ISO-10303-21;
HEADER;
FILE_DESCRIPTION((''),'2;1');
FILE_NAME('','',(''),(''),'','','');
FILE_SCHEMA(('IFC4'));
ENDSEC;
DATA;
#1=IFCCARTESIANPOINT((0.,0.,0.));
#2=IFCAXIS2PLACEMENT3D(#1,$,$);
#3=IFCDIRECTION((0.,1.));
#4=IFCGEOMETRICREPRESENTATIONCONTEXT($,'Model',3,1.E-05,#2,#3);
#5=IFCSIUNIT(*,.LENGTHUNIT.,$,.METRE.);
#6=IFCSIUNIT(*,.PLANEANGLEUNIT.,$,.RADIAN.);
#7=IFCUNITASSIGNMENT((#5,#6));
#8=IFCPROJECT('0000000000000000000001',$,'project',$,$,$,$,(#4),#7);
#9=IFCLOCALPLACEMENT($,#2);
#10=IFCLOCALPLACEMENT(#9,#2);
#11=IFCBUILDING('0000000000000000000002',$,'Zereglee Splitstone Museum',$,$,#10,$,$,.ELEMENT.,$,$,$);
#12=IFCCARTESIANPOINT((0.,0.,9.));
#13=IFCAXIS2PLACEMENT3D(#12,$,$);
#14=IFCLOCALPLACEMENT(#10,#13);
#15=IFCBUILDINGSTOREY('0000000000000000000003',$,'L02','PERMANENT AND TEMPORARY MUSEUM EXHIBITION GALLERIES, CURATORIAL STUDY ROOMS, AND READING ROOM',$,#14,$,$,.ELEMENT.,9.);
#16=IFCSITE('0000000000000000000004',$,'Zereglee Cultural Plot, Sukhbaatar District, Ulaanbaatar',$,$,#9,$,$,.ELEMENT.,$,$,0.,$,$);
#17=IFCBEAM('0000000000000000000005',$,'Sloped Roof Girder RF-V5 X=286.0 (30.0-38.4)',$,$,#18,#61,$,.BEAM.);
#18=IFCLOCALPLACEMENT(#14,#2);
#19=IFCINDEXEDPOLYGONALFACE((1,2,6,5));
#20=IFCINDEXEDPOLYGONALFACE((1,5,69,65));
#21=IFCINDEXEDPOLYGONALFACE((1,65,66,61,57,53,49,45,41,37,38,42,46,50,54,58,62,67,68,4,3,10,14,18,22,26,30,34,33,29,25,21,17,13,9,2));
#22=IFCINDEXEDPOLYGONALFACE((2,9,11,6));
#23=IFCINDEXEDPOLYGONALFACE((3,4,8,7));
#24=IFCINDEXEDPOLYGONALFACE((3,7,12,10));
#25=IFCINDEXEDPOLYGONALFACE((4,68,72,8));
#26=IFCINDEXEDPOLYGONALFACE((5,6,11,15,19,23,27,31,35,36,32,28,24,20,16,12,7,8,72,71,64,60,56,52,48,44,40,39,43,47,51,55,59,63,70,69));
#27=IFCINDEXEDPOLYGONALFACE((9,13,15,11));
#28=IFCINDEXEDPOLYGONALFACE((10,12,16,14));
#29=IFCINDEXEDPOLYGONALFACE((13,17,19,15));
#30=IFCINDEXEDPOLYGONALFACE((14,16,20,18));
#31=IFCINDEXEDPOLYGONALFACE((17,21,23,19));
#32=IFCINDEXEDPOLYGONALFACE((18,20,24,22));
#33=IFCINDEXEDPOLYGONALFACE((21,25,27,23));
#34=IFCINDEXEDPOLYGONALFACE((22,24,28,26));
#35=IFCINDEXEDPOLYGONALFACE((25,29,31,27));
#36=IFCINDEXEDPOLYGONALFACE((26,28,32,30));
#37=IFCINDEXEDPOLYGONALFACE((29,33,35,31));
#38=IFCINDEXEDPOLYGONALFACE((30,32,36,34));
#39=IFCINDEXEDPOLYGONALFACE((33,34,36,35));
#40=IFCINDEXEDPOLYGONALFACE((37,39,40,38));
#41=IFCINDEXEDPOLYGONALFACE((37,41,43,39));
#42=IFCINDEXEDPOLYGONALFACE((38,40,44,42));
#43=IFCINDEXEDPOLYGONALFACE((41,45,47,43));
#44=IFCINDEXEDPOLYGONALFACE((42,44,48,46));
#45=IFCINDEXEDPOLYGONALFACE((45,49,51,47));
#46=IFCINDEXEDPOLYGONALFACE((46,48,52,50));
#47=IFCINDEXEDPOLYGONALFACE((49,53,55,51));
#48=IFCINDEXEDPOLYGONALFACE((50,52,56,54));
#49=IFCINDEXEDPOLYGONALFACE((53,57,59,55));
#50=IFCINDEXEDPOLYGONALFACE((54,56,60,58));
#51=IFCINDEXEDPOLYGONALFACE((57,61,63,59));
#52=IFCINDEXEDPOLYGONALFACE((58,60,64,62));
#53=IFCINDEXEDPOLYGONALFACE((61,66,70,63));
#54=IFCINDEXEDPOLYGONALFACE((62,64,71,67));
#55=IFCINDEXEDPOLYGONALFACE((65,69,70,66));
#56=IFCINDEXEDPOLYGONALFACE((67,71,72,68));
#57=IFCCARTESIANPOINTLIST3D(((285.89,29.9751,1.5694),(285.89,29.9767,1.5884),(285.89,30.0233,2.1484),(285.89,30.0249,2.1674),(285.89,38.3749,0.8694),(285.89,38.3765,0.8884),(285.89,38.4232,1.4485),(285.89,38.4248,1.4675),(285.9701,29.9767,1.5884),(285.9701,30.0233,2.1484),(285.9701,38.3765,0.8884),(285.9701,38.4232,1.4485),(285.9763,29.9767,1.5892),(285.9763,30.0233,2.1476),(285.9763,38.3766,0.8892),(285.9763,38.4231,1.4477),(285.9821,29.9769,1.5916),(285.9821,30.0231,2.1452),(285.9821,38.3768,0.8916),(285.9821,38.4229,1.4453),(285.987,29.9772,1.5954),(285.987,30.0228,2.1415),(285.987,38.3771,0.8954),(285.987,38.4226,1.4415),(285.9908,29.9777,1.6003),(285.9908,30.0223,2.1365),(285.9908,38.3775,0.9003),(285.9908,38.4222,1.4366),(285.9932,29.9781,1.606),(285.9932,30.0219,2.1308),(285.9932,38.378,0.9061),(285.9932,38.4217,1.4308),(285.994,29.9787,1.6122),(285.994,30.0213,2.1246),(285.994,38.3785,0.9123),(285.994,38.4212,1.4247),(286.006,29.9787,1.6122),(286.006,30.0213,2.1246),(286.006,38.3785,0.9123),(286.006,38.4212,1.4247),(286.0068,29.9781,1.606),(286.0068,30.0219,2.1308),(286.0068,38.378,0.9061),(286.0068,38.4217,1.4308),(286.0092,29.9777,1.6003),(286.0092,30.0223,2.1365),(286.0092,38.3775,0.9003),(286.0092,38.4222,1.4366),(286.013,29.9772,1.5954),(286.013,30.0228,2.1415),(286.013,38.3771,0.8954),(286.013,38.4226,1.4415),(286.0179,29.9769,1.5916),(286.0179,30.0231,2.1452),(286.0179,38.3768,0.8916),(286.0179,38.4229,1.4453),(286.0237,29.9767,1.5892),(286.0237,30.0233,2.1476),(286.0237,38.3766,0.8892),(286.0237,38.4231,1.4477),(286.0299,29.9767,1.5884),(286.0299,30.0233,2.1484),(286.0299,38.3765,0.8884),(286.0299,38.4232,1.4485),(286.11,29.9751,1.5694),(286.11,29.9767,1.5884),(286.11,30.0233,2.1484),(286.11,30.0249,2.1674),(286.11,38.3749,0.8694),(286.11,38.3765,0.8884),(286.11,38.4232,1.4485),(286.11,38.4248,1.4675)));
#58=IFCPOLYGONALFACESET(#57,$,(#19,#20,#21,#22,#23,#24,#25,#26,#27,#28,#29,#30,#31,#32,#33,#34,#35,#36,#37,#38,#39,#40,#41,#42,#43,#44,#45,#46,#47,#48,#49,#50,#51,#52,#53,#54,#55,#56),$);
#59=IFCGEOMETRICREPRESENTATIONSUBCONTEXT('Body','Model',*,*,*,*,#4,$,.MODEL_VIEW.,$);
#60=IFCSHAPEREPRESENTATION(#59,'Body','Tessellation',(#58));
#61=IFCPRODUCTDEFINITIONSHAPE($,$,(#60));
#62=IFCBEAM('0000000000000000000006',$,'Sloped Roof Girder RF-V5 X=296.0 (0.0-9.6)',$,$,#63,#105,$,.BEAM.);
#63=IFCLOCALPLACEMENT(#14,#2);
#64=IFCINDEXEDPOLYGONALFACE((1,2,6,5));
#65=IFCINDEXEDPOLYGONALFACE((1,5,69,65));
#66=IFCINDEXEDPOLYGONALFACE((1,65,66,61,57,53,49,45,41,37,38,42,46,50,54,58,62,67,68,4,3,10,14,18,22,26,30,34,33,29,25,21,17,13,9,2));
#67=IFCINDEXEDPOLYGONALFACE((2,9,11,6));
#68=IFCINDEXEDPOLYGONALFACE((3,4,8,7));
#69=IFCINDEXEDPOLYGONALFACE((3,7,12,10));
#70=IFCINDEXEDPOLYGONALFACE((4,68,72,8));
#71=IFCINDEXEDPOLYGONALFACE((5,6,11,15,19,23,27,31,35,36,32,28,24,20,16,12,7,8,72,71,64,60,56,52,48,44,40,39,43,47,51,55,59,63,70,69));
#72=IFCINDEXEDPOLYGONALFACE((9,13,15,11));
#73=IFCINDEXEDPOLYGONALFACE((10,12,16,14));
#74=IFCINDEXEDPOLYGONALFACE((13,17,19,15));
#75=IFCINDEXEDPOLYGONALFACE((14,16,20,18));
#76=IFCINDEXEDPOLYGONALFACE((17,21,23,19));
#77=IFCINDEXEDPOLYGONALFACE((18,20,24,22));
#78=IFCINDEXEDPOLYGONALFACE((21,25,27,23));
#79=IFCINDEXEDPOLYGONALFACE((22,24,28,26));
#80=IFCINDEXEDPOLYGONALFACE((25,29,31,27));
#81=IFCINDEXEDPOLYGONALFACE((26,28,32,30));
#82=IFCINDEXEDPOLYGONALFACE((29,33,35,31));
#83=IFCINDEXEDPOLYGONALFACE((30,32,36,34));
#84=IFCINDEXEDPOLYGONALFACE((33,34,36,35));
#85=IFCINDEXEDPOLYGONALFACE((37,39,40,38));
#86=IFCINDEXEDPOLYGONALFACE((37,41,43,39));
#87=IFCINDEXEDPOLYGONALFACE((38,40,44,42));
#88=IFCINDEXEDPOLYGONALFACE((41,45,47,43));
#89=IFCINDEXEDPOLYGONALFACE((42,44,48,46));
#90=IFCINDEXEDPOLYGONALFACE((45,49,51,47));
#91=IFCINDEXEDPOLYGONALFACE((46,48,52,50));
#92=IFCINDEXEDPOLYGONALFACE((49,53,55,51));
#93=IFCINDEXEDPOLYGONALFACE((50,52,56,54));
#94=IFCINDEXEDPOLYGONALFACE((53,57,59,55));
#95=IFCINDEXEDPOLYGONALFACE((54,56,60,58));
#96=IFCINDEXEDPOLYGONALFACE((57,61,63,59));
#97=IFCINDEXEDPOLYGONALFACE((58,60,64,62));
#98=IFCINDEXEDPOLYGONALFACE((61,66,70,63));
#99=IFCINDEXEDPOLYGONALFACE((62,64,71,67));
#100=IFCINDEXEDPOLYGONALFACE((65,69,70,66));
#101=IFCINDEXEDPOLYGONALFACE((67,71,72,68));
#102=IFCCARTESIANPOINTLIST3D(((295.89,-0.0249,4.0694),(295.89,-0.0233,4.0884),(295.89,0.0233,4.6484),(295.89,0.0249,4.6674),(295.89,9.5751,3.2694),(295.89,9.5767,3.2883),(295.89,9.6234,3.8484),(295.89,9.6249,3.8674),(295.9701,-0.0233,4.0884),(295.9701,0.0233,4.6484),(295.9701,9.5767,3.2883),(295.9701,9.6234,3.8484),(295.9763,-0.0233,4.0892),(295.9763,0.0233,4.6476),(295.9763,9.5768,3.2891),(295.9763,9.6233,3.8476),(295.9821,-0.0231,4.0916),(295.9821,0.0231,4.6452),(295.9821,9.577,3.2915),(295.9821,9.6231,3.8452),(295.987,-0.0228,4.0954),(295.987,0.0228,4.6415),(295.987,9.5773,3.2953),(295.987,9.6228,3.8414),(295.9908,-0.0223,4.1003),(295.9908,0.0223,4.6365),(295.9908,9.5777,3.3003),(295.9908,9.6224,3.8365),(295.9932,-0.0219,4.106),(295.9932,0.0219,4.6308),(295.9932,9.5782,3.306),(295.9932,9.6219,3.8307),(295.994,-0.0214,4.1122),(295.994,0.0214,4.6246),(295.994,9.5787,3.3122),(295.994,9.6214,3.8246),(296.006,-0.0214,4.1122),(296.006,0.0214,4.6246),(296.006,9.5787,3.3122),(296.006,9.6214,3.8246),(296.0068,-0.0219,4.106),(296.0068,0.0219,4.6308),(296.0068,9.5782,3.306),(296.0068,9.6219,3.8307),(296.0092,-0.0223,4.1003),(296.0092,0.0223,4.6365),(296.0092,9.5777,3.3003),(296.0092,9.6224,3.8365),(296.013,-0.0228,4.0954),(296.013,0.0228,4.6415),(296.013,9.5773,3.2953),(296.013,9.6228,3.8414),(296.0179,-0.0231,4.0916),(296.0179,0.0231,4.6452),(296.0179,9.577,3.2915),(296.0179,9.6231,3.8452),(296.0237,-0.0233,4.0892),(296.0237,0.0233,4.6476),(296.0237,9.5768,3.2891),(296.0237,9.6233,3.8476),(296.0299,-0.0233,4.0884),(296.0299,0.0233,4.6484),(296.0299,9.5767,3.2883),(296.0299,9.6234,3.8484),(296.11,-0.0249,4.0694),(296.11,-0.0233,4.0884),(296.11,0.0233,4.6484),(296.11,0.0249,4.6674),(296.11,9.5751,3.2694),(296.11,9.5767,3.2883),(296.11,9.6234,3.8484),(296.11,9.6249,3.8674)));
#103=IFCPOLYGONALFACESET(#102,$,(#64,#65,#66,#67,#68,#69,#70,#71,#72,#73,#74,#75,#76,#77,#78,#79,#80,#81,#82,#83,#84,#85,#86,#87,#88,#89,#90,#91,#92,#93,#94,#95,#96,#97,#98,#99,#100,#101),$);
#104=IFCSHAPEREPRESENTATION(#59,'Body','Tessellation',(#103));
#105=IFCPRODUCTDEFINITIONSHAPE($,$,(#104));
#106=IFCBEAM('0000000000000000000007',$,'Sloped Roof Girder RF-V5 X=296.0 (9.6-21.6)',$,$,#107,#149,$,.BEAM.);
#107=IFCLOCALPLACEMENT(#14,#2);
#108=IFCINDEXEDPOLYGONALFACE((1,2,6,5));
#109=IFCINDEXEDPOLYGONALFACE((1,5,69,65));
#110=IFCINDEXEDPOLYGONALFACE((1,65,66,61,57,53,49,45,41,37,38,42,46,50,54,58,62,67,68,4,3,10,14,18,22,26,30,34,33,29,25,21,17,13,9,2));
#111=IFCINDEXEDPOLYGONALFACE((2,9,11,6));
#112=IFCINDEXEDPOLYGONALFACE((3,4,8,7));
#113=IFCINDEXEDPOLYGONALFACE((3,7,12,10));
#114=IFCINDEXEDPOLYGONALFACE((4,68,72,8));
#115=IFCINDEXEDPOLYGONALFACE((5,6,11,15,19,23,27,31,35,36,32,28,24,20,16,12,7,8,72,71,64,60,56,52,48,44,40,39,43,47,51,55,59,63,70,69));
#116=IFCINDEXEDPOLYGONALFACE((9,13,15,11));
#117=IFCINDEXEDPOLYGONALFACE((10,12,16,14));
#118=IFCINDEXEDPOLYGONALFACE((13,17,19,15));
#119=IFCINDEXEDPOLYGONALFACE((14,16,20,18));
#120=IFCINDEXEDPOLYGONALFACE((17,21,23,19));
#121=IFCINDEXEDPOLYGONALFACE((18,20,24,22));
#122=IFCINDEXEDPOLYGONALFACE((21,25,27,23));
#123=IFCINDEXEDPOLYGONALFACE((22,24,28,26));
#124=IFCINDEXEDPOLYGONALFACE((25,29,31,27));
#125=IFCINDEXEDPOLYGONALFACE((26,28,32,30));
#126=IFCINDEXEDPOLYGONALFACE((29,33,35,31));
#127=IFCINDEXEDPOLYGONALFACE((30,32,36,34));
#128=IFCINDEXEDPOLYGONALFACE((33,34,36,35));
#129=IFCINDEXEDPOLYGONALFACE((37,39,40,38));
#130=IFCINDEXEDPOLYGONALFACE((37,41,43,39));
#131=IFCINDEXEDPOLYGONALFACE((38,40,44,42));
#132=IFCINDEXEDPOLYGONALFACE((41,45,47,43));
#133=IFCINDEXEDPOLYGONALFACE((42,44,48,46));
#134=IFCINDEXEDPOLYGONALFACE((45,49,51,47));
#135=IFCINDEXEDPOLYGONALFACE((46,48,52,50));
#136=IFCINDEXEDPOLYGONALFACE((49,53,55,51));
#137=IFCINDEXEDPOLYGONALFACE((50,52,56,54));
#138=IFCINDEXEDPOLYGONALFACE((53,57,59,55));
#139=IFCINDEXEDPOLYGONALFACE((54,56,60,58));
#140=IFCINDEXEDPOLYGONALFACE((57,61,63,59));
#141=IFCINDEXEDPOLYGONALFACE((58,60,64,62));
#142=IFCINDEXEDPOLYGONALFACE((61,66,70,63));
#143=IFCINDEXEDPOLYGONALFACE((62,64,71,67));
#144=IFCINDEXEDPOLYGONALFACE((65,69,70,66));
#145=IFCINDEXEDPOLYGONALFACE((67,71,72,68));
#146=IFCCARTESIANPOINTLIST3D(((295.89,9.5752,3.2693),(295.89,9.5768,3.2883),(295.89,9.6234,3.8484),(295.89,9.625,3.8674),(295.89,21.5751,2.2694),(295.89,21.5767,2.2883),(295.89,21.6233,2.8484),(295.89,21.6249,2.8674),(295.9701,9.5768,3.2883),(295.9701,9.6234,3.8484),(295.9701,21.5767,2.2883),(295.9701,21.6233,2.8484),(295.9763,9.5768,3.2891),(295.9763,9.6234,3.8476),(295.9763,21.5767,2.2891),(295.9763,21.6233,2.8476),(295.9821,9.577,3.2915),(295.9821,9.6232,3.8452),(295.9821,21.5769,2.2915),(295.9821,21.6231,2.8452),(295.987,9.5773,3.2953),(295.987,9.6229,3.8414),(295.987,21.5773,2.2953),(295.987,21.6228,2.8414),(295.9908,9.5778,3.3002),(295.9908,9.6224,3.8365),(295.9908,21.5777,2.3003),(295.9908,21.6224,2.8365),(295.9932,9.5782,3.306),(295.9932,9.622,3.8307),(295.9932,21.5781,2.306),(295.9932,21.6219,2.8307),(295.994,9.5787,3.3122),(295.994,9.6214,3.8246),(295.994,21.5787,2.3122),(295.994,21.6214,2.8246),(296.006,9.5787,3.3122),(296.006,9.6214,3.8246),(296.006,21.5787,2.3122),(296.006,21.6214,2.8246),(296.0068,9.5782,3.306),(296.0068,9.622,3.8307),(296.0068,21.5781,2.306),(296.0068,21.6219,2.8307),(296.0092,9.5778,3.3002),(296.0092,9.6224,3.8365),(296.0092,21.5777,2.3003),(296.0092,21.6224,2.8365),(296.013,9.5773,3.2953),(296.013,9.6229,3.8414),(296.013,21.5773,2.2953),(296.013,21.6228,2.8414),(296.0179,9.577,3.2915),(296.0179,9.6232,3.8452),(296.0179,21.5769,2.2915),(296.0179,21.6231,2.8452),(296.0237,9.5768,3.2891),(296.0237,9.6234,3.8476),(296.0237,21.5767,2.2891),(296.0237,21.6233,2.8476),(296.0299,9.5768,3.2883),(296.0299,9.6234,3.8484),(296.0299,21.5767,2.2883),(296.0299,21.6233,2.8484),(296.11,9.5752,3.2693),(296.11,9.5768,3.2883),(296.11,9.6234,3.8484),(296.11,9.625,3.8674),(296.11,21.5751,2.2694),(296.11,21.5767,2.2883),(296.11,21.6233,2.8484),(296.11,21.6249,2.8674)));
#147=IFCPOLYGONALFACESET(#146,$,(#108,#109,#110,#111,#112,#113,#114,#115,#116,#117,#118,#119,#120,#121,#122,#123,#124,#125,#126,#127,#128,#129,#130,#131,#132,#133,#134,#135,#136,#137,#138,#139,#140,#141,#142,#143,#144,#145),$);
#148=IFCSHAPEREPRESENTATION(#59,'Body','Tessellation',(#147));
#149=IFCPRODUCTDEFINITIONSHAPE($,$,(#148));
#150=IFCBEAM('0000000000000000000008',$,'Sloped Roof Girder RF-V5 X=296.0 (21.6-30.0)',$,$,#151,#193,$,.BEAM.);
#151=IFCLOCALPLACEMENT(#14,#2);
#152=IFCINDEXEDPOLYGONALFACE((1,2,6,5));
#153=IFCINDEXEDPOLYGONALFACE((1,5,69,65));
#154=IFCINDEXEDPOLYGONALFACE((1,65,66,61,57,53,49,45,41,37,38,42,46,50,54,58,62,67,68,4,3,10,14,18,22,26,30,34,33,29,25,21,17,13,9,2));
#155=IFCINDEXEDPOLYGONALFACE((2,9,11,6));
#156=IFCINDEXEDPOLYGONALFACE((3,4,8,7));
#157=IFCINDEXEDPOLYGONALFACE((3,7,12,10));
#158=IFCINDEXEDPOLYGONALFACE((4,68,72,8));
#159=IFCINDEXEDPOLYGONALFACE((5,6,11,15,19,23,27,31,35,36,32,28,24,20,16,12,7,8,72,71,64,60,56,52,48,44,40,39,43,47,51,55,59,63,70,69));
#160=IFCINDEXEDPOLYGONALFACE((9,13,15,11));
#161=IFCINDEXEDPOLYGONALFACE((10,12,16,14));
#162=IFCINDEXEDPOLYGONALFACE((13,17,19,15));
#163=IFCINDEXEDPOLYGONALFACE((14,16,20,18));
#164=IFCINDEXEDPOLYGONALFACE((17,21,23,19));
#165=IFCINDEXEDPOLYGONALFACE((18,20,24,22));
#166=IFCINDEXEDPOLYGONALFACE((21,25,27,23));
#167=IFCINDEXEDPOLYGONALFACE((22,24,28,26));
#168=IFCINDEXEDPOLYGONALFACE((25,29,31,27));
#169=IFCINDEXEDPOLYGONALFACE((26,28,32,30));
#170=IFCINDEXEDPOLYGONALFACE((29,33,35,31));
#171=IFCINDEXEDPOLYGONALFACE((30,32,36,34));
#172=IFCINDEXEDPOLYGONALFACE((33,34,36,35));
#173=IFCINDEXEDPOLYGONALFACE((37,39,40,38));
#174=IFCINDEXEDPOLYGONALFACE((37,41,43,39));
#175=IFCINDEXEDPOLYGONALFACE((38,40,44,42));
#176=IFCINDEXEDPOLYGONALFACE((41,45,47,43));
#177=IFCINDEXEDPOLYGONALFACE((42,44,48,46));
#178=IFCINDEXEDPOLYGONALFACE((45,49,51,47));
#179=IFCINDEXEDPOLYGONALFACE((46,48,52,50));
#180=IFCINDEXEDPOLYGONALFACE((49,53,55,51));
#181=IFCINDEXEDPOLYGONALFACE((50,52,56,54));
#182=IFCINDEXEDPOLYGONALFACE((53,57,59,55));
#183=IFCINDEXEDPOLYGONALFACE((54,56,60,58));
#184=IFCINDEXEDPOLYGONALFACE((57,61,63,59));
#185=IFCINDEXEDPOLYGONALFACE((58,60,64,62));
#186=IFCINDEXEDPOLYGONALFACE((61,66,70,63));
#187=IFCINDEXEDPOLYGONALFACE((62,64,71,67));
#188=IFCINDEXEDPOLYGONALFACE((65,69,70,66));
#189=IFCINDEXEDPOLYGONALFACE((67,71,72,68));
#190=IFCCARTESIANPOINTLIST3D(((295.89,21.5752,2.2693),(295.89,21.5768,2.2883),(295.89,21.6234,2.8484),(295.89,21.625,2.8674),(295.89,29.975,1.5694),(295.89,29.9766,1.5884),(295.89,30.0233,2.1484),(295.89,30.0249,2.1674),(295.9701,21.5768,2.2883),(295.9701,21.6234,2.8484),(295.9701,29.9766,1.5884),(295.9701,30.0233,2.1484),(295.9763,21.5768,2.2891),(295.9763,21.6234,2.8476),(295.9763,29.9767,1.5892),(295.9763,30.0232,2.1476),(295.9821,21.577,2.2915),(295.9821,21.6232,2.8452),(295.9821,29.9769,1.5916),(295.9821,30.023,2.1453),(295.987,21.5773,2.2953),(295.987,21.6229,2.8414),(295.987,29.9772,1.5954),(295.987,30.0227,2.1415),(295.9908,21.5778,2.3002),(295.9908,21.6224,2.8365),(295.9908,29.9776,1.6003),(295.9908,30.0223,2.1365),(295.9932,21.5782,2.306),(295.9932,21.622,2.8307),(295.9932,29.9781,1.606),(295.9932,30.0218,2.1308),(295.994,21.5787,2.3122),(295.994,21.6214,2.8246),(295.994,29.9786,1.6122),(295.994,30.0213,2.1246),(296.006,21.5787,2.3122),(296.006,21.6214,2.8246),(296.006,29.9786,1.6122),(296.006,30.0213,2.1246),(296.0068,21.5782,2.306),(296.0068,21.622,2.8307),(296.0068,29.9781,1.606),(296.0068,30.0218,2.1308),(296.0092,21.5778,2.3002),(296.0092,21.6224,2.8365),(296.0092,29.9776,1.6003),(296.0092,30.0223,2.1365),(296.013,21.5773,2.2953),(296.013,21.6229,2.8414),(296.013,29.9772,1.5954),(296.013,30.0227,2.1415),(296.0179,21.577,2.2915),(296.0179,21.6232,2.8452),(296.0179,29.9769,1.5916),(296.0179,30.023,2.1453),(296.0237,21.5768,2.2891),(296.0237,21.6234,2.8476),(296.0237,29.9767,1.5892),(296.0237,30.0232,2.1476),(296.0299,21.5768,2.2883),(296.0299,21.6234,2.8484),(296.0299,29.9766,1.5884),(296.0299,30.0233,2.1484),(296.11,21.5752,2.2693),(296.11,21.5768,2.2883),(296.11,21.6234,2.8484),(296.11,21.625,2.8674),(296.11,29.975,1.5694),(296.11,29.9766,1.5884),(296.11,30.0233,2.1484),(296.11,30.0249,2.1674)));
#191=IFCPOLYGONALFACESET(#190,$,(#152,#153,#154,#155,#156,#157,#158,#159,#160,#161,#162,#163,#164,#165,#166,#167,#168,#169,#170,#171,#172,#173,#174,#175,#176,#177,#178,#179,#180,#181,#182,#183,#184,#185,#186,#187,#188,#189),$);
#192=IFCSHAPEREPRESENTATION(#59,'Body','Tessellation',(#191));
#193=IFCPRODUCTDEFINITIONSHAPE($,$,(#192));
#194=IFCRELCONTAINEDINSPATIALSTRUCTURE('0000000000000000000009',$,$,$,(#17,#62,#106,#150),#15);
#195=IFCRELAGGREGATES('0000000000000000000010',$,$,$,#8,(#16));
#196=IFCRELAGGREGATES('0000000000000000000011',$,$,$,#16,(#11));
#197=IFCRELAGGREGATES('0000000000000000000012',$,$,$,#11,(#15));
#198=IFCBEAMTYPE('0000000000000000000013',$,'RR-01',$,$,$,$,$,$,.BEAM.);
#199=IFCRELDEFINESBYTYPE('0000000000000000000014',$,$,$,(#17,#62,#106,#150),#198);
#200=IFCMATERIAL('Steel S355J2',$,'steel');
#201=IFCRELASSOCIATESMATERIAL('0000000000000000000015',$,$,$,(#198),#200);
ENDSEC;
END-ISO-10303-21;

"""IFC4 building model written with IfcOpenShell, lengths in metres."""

from ifc_helpers import new_model, si_unit, direction, frame, origin, origin_2d, place, context, subcontext, project, spatial, i_section, extrude, material, material_profile, profile_set, type_object, element, save


model = new_model("IFC4")

# Units and contexts
model_context = context("Model", 3, precision=1e-05, world=origin(), true_north=direction((0.0, 1.0)))
body_context = subcontext(model_context, "Body", "Model", "MODEL_VIEW")
ifc_project = project(units=[si_unit("LENGTHUNIT", "METRE"), si_unit("PLANEANGLEUNIT", "RADIAN")], contexts=[model_context])

# Site, building, storey
site_placement = place(None, origin())
site = spatial("IfcSite", under=ifc_project, at=site_placement, Name="Zereglee Cultural Plot, Sukhbaatar District, Ulaanbaatar", CompositionType="ELEMENT", RefElevation=0.0)
building_placement = place(site_placement, origin())
building = spatial("IfcBuilding", under=site, at=building_placement, Name="Zereglee Splitstone Museum", CompositionType="ELEMENT")
storey_placement = place(building_placement, frame((0.0, 0.0, 9.0)))
storey = spatial("IfcBuildingStorey", under=building, at=storey_placement, Name="L02", Description="PERMANENT AND TEMPORARY MUSEUM EXHIBITION GALLERIES, CURATORIAL STUDY ROOMS, AND READING ROOM", CompositionType="ELEMENT", Elevation=9.0)

# Shared definitions
ifc_material_1 = material(Name="Steel S355J2", Category="steel")

# Beams
ifc_material_profile_1 = material_profile(ifc_material_1, i_section(OverallWidth=0.22, OverallDepth=0.6001, WebThickness=0.012, FlangeThickness=0.019, FilletRadius=0.0239, at=origin_2d()), Name="IPE 600")
ifc_profile_set_1 = profile_set([ifc_material_profile_1], Name="Steel S355J2")
beam_type_1 = type_object("IfcBeamType", Name="RR-01", PredefinedType="BEAM", material=ifc_profile_set_1)
for number, where, z_axis, x_axis, name in (
    (1, (286.0, 30.0, 1.8684), (0.0, 0.996546, -0.083041), (-1.0, 0.0, 0.0), "Sloped Roof Girder RF-V5 X=286.0 (30.0-38.4)"),
):
    element("IfcBeam", number, at=place(storey_placement, frame(where, z_axis=z_axis, x_axis=x_axis)), inside=storey, type_object=beam_type_1, Name=name, PredefinedType="BEAM", context=body_context, shape_type="SweptSolid", body=[
        extrude(i_section(OverallWidth=0.22, OverallDepth=0.6001, WebThickness=0.012, FlangeThickness=0.019, FilletRadius=0.0239, at=origin_2d()), origin(), (0.0, 0.0, 1.0), 8.429),
    ])
beam_1_placement = place(storey_placement, frame((296.0, 0.0, 4.3684), z_axis=(0.0, 0.996545, -0.08305), x_axis=(-1.0, 0.0, 0.0)))
element("IfcBeam", 2, at=beam_1_placement, inside=storey, type_object=beam_type_1, Name="Sloped Roof Girder RF-V5 X=296.0 (0.0-9.6)", PredefinedType="BEAM", context=body_context, shape_type="SweptSolid", body=[
    extrude(i_section(OverallWidth=0.22, OverallDepth=0.6001, WebThickness=0.012, FlangeThickness=0.019, FilletRadius=0.0239, at=origin_2d()), origin(), (0.0, 0.0, 1.0), 9.6333),
])
beam_2_placement = place(storey_placement, frame((296.0, 9.6001, 3.5684), z_axis=(0.0, 0.996546, -0.083045), x_axis=(-1.0, 0.0, 0.0)))
element("IfcBeam", 3, at=beam_2_placement, inside=storey, type_object=beam_type_1, Name="Sloped Roof Girder RF-V5 X=296.0 (9.6-21.6)", PredefinedType="BEAM", context=body_context, shape_type="SweptSolid", body=[
    extrude(i_section(OverallWidth=0.22, OverallDepth=0.6001, WebThickness=0.012, FlangeThickness=0.019, FilletRadius=0.0239, at=origin_2d()), origin(), (0.0, 0.0, 1.0), 12.0415),
])
for number, where, z_axis, x_axis, name in (
    (4, (296.0, 21.6001, 2.5684), (0.0, 0.996546, -0.083041), (-1.0, 0.0, 0.0), "Sloped Roof Girder RF-V5 X=296.0 (21.6-30.0)"),
):
    element("IfcBeam", number, at=place(storey_placement, frame(where, z_axis=z_axis, x_axis=x_axis)), inside=storey, type_object=beam_type_1, Name=name, PredefinedType="BEAM", context=body_context, shape_type="SweptSolid", body=[
        extrude(i_section(OverallWidth=0.22, OverallDepth=0.6001, WebThickness=0.012, FlangeThickness=0.019, FilletRadius=0.0239, at=origin_2d()), origin(), (0.0, 0.0, 1.0), 8.429),
    ])

save(model, "model.ifc")
